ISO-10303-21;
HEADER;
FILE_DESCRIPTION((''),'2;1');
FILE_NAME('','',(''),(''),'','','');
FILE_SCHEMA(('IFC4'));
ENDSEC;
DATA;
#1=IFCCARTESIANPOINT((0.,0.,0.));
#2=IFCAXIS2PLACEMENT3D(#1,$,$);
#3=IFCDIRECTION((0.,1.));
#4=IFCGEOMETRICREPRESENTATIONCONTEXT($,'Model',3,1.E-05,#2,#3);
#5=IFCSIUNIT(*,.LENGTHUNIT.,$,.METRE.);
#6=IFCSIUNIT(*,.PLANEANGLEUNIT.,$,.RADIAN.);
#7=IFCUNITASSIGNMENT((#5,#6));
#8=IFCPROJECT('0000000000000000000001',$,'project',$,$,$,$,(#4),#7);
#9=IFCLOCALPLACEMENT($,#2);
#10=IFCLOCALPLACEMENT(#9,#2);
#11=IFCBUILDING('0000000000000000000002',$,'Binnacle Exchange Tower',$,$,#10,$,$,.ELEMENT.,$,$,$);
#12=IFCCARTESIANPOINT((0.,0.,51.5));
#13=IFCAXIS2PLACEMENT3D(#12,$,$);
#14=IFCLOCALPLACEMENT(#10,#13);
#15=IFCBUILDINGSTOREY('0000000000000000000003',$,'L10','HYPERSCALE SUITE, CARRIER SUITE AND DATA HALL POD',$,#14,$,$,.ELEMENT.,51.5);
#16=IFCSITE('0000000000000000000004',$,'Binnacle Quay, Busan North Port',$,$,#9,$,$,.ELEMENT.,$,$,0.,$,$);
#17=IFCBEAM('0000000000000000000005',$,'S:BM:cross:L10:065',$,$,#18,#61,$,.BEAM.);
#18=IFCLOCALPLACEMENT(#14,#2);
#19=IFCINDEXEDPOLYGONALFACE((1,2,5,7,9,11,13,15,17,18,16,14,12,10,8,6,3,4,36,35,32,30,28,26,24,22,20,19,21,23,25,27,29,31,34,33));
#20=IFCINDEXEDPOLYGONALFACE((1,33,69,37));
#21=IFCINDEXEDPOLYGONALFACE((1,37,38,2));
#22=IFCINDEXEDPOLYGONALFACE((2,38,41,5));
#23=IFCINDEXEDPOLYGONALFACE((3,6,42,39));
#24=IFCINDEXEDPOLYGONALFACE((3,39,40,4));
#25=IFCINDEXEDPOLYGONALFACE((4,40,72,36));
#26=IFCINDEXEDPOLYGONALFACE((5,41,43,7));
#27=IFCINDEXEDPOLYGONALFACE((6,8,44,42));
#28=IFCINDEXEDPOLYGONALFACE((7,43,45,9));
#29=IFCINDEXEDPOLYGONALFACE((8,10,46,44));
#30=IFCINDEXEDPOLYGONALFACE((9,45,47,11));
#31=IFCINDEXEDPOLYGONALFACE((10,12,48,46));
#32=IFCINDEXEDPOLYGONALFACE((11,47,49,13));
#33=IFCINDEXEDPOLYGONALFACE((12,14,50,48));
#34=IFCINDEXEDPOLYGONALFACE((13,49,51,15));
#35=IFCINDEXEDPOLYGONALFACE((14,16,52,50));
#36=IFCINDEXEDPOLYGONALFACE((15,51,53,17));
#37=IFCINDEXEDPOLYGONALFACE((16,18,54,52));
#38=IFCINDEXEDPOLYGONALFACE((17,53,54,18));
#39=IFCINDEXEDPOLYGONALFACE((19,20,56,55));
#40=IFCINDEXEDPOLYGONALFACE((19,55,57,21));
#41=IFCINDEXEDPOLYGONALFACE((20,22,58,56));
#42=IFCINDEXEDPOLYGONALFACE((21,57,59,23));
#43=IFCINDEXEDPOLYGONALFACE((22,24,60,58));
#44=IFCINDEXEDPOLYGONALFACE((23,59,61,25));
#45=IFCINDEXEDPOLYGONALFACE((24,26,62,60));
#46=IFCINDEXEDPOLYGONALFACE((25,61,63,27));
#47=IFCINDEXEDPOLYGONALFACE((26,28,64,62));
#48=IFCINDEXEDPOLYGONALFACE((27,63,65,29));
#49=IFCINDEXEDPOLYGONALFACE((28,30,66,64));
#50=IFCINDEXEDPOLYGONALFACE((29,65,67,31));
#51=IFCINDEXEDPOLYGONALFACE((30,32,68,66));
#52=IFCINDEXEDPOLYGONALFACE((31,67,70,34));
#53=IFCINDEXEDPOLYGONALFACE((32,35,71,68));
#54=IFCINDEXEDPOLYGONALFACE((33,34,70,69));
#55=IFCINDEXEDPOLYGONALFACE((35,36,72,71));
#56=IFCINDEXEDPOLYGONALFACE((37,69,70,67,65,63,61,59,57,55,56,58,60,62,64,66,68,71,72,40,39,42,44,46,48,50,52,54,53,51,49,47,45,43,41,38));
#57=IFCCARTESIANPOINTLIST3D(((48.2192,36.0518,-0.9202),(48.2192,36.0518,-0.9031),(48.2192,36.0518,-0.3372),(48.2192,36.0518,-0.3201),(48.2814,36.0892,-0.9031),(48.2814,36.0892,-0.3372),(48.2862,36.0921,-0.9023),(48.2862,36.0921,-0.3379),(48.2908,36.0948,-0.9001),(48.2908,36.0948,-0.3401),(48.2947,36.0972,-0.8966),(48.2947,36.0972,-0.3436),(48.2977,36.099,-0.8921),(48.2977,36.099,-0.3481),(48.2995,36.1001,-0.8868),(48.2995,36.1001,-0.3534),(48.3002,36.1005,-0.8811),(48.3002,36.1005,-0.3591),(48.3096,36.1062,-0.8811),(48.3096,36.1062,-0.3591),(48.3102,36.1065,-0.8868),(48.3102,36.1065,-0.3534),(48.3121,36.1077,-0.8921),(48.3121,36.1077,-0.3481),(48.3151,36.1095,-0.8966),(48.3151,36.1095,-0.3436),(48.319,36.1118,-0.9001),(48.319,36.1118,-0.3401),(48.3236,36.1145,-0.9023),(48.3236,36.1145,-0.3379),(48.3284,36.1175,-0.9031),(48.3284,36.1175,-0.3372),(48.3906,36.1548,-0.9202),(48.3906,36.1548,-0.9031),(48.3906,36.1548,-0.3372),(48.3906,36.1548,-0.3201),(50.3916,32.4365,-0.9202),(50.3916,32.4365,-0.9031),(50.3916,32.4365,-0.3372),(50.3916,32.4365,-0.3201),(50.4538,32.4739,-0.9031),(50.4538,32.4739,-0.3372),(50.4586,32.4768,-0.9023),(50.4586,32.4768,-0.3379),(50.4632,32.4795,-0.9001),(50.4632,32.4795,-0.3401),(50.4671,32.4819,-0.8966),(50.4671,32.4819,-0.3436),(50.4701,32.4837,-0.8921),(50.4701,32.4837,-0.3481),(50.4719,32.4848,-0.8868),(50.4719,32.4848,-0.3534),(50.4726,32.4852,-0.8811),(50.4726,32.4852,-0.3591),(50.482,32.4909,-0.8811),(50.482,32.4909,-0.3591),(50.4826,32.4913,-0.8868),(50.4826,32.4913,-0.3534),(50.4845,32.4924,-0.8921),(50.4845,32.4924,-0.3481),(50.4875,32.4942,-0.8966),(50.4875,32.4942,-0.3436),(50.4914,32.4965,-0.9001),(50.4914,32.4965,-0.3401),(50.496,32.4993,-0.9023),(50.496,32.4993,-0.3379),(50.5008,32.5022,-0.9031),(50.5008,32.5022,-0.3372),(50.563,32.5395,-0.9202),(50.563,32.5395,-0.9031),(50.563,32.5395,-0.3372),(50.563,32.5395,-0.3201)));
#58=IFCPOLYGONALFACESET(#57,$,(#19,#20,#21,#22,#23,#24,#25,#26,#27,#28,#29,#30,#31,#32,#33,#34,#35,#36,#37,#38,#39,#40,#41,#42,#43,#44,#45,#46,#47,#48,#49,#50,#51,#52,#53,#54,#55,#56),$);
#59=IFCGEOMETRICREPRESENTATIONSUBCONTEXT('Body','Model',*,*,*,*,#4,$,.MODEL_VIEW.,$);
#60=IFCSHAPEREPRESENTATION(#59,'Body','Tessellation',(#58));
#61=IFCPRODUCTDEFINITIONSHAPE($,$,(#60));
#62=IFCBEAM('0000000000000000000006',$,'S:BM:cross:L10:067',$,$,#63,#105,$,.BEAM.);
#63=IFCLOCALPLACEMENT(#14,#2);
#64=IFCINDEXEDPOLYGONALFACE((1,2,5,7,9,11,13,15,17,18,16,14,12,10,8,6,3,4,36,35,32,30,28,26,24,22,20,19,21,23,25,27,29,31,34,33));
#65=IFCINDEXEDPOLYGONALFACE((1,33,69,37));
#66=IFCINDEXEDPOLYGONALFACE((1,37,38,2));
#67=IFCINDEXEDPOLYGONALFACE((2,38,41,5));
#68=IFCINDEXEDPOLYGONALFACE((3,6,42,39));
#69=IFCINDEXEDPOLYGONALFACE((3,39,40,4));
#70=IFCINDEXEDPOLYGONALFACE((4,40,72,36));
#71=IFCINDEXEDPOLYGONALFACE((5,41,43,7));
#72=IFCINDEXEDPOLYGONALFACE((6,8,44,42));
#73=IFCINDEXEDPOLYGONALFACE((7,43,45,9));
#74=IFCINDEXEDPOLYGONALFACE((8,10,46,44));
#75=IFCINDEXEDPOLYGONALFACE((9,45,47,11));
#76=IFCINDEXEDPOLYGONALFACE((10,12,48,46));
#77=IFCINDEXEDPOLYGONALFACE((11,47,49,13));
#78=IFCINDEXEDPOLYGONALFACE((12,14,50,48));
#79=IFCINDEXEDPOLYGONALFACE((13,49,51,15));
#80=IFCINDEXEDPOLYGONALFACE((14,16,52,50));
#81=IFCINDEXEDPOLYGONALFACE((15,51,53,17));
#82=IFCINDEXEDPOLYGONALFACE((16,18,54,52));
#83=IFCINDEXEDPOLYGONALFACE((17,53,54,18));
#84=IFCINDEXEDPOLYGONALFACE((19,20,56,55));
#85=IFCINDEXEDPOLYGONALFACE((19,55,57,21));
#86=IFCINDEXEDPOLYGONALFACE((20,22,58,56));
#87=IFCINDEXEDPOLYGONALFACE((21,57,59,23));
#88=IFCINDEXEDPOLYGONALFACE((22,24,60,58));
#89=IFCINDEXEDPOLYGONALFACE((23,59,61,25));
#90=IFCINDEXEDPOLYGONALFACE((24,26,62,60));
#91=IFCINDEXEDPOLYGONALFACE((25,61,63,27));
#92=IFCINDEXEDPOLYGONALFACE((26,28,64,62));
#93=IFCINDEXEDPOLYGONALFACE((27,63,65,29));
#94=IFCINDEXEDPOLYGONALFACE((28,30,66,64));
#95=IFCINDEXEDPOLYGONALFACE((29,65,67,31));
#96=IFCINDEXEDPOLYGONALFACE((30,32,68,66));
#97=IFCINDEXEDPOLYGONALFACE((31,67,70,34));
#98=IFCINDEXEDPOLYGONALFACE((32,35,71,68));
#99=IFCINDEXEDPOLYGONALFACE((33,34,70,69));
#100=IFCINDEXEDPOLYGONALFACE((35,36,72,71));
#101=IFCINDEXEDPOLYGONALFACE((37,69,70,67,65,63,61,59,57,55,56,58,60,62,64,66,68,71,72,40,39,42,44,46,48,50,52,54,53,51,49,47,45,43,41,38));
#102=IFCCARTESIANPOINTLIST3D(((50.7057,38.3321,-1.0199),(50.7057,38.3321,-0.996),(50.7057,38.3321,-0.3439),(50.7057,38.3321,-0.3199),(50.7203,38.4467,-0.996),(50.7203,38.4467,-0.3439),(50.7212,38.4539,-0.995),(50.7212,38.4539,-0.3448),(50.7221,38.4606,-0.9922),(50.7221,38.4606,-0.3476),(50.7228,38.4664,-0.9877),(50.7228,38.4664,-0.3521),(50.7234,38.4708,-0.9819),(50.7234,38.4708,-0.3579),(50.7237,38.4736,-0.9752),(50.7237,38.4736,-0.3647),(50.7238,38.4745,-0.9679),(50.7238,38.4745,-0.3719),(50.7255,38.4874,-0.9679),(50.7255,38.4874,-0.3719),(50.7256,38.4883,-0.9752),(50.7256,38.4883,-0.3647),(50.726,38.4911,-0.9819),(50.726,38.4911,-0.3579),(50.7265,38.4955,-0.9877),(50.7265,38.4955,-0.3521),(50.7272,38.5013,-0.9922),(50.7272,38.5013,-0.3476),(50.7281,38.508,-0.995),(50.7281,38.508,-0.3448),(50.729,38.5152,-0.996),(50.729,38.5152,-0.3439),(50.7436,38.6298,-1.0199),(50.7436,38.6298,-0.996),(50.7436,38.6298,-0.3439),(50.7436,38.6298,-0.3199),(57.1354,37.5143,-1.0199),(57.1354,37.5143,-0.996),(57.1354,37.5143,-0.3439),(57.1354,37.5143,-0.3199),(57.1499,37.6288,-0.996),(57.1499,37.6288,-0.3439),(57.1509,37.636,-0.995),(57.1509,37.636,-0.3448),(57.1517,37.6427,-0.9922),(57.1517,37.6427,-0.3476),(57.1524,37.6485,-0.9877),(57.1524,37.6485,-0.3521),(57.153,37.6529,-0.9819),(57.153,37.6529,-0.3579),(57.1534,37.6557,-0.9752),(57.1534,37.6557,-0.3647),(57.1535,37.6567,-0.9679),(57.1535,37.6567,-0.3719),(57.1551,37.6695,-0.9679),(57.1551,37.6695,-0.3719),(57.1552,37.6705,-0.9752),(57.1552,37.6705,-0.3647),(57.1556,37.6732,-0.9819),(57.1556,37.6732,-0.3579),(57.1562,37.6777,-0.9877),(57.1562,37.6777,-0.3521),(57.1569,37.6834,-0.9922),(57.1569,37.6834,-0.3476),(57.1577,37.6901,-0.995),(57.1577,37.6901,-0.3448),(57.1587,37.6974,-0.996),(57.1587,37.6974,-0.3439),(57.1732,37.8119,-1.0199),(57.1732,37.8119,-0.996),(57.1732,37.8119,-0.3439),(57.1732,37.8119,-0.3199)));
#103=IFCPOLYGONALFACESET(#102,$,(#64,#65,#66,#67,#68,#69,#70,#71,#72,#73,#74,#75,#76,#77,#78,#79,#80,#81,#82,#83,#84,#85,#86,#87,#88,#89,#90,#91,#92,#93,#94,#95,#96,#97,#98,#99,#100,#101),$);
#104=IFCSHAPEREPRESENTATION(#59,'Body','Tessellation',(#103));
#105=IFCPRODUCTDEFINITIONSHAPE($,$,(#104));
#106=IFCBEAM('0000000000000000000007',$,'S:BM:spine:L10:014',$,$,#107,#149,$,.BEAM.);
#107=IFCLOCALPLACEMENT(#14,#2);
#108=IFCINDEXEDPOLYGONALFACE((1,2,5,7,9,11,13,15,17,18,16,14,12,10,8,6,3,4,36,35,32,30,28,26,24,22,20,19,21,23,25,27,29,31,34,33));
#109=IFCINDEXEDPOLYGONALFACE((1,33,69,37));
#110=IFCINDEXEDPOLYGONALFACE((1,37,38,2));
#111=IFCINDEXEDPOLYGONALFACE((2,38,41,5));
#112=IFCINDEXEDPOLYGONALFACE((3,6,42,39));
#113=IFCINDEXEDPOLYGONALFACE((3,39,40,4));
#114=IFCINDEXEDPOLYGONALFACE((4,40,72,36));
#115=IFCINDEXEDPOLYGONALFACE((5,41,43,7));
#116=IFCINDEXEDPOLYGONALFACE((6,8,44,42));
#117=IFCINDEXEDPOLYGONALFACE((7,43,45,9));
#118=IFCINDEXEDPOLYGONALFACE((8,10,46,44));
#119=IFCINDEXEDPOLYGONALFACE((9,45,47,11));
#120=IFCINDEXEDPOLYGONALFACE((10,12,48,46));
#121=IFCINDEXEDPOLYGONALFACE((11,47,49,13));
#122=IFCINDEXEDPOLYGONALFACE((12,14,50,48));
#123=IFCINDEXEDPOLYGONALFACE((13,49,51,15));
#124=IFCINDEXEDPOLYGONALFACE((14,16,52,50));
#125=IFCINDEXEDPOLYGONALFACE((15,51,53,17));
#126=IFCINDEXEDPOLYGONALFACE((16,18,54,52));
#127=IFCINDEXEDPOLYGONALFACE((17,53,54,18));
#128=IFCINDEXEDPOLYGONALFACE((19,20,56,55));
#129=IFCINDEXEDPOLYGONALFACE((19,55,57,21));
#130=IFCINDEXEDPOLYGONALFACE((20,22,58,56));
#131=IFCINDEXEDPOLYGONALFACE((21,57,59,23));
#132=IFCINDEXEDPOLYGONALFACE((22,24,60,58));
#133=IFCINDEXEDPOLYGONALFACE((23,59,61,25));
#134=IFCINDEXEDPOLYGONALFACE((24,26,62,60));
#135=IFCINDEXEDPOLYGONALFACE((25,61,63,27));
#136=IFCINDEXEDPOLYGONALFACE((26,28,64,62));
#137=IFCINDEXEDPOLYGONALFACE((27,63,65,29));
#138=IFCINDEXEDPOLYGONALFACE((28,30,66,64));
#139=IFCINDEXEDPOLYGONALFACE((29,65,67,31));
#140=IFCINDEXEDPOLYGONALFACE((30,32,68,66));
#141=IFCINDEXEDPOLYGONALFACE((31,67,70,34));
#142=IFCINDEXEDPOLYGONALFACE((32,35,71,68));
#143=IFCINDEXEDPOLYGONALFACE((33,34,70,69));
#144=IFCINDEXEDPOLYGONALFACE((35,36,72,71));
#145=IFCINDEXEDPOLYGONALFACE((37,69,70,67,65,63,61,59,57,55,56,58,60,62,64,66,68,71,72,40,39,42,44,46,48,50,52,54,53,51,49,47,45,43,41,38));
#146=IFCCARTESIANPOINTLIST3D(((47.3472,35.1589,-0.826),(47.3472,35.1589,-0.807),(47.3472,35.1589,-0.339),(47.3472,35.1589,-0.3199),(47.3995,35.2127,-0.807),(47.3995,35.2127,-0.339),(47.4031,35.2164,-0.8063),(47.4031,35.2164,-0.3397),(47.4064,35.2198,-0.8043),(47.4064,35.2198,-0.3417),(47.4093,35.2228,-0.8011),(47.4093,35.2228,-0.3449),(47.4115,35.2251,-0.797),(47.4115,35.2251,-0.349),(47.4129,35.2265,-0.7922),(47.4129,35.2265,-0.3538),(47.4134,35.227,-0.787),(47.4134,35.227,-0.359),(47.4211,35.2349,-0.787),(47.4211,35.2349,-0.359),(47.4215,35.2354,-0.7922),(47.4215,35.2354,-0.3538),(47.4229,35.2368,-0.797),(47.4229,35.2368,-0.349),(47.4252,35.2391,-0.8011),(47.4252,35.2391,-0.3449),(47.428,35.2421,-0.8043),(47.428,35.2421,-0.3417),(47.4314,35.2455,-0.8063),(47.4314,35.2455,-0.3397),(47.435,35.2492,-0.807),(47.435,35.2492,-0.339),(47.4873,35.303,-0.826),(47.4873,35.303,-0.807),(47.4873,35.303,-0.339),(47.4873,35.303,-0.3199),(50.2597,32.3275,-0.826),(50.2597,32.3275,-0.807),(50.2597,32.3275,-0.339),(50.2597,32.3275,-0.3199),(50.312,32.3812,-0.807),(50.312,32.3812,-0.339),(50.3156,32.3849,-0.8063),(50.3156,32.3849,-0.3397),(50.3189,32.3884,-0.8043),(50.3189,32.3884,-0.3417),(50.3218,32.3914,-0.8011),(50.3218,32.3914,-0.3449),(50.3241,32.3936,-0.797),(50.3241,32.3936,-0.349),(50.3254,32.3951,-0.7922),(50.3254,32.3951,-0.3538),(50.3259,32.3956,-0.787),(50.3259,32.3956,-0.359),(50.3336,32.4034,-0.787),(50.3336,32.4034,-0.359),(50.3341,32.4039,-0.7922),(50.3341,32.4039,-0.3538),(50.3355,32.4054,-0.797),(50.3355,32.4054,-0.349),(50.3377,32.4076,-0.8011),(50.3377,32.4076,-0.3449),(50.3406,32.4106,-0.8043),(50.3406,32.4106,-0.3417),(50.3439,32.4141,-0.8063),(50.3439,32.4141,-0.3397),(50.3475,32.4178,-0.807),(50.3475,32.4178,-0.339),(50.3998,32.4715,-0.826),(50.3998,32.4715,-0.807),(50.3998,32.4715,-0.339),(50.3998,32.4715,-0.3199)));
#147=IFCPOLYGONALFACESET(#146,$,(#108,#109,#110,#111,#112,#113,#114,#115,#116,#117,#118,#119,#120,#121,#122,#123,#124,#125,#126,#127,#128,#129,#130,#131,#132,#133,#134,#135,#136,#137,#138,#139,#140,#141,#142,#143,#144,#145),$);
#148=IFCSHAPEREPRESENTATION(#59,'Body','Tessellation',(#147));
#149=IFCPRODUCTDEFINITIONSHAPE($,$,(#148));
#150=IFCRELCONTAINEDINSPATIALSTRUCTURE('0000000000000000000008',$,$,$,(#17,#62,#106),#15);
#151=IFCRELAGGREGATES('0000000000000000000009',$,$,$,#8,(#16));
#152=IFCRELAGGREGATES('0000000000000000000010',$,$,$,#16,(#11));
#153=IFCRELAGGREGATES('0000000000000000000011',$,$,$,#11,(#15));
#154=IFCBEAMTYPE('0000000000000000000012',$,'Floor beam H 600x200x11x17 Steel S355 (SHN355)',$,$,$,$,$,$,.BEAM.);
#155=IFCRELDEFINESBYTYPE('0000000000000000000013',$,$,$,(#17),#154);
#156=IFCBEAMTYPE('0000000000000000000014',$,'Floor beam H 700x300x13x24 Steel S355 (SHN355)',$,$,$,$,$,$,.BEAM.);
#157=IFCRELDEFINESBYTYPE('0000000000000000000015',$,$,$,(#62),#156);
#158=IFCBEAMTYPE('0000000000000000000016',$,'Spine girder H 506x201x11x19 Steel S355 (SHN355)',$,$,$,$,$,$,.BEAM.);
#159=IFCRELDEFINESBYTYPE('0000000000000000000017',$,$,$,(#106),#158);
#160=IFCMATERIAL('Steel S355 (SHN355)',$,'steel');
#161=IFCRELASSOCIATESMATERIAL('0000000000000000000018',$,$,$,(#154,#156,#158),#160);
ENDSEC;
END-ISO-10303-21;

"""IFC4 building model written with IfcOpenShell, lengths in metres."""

from ifc_helpers import new_model, si_unit, direction, frame, origin, origin_2d, place, context, subcontext, project, spatial, i_section, extrude, material, material_profile, profile_set, type_object, element, save


model = new_model("IFC4")

# Units and contexts
model_context = context("Model", 3, precision=1e-05, world=origin(), true_north=direction((0.0, 1.0)))
body_context = subcontext(model_context, "Body", "Model", "MODEL_VIEW")
ifc_project = project(units=[si_unit("LENGTHUNIT", "METRE"), si_unit("PLANEANGLEUNIT", "RADIAN")], contexts=[model_context])

# Site, building, storey
site_placement = place(None, origin())
site = spatial("IfcSite", under=ifc_project, at=site_placement, Name="Binnacle Quay, Busan North Port", CompositionType="ELEMENT", RefElevation=0.0)
building_placement = place(site_placement, origin())
building = spatial("IfcBuilding", under=site, at=building_placement, Name="Binnacle Exchange Tower", CompositionType="ELEMENT")
storey_placement = place(building_placement, frame((0.0, 0.0, 51.5)))
storey = spatial("IfcBuildingStorey", under=building, at=storey_placement, Name="L10", Description="HYPERSCALE SUITE, CARRIER SUITE AND DATA HALL POD", CompositionType="ELEMENT", Elevation=51.5)

# Beams
ifc_material_1 = material(Name="Steel S355 (SHN355)", Category="steel")
ifc_material_profile_1 = material_profile(ifc_material_1, i_section(OverallWidth=0.2, OverallDepth=0.6001, WebThickness=0.011, FlangeThickness=0.0171, FilletRadius=0.022, at=origin_2d()), Name="H 600x200x11x17")
ifc_profile_set_1 = profile_set([ifc_material_profile_1], Name="Steel S355 (SHN355)")
beam_type_1 = type_object("IfcBeamType", Name="Floor beam H 600x200x11x17 Steel S355 (SHN355)", PredefinedType="BEAM", material=ifc_profile_set_1)
beam_1_placement = place(storey_placement, frame((50.4773, 32.488, -0.6201), z_axis=(-0.515057, 0.857156, 0.0), x_axis=(-0.857156, -0.515057, 0.0)))
element("IfcBeam", 1, at=beam_1_placement, inside=storey, type_object=beam_type_1, Name="S:BM:cross:L10:065", PredefinedType="BEAM", context=body_context, shape_type="SweptSolid", body=[
    extrude(i_section(OverallWidth=0.2, OverallDepth=0.6001, WebThickness=0.011, FlangeThickness=0.0171, FilletRadius=0.022, at=origin_2d()), origin(), (0.0, 0.0, 1.0), 4.2178),
])
ifc_material_profile_2 = material_profile(ifc_material_1, i_section(OverallWidth=0.3, OverallDepth=0.7, WebThickness=0.0129, FlangeThickness=0.0239, FilletRadius=0.0281, at=origin_2d()), Name="H 700x300x13x24")
ifc_profile_set_2 = profile_set([ifc_material_profile_2], Name="Steel S355 (SHN355)")
beam_type_2 = type_object("IfcBeamType", Name="Floor beam H 700x300x13x24 Steel S355 (SHN355)", PredefinedType="BEAM", material=ifc_profile_set_2)
beam_2_placement = place(storey_placement, frame((57.1543, 37.6631, -0.6699), z_axis=(-0.992007, 0.126186, 0.0), x_axis=(-0.126186, -0.992007, 0.0)))
element("IfcBeam", 2, at=beam_2_placement, inside=storey, type_object=beam_type_2, Name="S:BM:cross:L10:067", PredefinedType="BEAM", context=body_context, shape_type="SweptSolid", body=[
    extrude(i_section(OverallWidth=0.3, OverallDepth=0.7, WebThickness=0.0129, FlangeThickness=0.0239, FilletRadius=0.0281, at=origin_2d()), origin(), (0.0, 0.0, 1.0), 6.4814),
])
ifc_material_profile_3 = material_profile(ifc_material_1, i_section(OverallWidth=0.2009, OverallDepth=0.5061, WebThickness=0.011, FlangeThickness=0.019, FilletRadius=0.02, at=origin_2d()), Name="H 506x201x11x19")
ifc_profile_set_3 = profile_set([ifc_material_profile_3], Name="Steel S355 (SHN355)")
beam_type_3 = type_object("IfcBeamType", Name="Spine girder H 506x201x11x19 Steel S355 (SHN355)", PredefinedType="BEAM", material=ifc_profile_set_3)
beam_3_placement = place(storey_placement, frame((47.4172, 35.231, -0.573), z_axis=(0.717013, -0.69706, 0.0), x_axis=(0.69706, 0.717013, 0.0)))
element("IfcBeam", 3, at=beam_3_placement, inside=storey, type_object=beam_type_3, Name="S:BM:spine:L10:014", PredefinedType="BEAM", context=body_context, shape_type="SweptSolid", body=[
    extrude(i_section(OverallWidth=0.2009, OverallDepth=0.5061, WebThickness=0.011, FlangeThickness=0.019, FilletRadius=0.02, at=origin_2d()), origin(), (0.0, 0.0, 1.0), 4.062),
])

save(model, "model.ifc")
